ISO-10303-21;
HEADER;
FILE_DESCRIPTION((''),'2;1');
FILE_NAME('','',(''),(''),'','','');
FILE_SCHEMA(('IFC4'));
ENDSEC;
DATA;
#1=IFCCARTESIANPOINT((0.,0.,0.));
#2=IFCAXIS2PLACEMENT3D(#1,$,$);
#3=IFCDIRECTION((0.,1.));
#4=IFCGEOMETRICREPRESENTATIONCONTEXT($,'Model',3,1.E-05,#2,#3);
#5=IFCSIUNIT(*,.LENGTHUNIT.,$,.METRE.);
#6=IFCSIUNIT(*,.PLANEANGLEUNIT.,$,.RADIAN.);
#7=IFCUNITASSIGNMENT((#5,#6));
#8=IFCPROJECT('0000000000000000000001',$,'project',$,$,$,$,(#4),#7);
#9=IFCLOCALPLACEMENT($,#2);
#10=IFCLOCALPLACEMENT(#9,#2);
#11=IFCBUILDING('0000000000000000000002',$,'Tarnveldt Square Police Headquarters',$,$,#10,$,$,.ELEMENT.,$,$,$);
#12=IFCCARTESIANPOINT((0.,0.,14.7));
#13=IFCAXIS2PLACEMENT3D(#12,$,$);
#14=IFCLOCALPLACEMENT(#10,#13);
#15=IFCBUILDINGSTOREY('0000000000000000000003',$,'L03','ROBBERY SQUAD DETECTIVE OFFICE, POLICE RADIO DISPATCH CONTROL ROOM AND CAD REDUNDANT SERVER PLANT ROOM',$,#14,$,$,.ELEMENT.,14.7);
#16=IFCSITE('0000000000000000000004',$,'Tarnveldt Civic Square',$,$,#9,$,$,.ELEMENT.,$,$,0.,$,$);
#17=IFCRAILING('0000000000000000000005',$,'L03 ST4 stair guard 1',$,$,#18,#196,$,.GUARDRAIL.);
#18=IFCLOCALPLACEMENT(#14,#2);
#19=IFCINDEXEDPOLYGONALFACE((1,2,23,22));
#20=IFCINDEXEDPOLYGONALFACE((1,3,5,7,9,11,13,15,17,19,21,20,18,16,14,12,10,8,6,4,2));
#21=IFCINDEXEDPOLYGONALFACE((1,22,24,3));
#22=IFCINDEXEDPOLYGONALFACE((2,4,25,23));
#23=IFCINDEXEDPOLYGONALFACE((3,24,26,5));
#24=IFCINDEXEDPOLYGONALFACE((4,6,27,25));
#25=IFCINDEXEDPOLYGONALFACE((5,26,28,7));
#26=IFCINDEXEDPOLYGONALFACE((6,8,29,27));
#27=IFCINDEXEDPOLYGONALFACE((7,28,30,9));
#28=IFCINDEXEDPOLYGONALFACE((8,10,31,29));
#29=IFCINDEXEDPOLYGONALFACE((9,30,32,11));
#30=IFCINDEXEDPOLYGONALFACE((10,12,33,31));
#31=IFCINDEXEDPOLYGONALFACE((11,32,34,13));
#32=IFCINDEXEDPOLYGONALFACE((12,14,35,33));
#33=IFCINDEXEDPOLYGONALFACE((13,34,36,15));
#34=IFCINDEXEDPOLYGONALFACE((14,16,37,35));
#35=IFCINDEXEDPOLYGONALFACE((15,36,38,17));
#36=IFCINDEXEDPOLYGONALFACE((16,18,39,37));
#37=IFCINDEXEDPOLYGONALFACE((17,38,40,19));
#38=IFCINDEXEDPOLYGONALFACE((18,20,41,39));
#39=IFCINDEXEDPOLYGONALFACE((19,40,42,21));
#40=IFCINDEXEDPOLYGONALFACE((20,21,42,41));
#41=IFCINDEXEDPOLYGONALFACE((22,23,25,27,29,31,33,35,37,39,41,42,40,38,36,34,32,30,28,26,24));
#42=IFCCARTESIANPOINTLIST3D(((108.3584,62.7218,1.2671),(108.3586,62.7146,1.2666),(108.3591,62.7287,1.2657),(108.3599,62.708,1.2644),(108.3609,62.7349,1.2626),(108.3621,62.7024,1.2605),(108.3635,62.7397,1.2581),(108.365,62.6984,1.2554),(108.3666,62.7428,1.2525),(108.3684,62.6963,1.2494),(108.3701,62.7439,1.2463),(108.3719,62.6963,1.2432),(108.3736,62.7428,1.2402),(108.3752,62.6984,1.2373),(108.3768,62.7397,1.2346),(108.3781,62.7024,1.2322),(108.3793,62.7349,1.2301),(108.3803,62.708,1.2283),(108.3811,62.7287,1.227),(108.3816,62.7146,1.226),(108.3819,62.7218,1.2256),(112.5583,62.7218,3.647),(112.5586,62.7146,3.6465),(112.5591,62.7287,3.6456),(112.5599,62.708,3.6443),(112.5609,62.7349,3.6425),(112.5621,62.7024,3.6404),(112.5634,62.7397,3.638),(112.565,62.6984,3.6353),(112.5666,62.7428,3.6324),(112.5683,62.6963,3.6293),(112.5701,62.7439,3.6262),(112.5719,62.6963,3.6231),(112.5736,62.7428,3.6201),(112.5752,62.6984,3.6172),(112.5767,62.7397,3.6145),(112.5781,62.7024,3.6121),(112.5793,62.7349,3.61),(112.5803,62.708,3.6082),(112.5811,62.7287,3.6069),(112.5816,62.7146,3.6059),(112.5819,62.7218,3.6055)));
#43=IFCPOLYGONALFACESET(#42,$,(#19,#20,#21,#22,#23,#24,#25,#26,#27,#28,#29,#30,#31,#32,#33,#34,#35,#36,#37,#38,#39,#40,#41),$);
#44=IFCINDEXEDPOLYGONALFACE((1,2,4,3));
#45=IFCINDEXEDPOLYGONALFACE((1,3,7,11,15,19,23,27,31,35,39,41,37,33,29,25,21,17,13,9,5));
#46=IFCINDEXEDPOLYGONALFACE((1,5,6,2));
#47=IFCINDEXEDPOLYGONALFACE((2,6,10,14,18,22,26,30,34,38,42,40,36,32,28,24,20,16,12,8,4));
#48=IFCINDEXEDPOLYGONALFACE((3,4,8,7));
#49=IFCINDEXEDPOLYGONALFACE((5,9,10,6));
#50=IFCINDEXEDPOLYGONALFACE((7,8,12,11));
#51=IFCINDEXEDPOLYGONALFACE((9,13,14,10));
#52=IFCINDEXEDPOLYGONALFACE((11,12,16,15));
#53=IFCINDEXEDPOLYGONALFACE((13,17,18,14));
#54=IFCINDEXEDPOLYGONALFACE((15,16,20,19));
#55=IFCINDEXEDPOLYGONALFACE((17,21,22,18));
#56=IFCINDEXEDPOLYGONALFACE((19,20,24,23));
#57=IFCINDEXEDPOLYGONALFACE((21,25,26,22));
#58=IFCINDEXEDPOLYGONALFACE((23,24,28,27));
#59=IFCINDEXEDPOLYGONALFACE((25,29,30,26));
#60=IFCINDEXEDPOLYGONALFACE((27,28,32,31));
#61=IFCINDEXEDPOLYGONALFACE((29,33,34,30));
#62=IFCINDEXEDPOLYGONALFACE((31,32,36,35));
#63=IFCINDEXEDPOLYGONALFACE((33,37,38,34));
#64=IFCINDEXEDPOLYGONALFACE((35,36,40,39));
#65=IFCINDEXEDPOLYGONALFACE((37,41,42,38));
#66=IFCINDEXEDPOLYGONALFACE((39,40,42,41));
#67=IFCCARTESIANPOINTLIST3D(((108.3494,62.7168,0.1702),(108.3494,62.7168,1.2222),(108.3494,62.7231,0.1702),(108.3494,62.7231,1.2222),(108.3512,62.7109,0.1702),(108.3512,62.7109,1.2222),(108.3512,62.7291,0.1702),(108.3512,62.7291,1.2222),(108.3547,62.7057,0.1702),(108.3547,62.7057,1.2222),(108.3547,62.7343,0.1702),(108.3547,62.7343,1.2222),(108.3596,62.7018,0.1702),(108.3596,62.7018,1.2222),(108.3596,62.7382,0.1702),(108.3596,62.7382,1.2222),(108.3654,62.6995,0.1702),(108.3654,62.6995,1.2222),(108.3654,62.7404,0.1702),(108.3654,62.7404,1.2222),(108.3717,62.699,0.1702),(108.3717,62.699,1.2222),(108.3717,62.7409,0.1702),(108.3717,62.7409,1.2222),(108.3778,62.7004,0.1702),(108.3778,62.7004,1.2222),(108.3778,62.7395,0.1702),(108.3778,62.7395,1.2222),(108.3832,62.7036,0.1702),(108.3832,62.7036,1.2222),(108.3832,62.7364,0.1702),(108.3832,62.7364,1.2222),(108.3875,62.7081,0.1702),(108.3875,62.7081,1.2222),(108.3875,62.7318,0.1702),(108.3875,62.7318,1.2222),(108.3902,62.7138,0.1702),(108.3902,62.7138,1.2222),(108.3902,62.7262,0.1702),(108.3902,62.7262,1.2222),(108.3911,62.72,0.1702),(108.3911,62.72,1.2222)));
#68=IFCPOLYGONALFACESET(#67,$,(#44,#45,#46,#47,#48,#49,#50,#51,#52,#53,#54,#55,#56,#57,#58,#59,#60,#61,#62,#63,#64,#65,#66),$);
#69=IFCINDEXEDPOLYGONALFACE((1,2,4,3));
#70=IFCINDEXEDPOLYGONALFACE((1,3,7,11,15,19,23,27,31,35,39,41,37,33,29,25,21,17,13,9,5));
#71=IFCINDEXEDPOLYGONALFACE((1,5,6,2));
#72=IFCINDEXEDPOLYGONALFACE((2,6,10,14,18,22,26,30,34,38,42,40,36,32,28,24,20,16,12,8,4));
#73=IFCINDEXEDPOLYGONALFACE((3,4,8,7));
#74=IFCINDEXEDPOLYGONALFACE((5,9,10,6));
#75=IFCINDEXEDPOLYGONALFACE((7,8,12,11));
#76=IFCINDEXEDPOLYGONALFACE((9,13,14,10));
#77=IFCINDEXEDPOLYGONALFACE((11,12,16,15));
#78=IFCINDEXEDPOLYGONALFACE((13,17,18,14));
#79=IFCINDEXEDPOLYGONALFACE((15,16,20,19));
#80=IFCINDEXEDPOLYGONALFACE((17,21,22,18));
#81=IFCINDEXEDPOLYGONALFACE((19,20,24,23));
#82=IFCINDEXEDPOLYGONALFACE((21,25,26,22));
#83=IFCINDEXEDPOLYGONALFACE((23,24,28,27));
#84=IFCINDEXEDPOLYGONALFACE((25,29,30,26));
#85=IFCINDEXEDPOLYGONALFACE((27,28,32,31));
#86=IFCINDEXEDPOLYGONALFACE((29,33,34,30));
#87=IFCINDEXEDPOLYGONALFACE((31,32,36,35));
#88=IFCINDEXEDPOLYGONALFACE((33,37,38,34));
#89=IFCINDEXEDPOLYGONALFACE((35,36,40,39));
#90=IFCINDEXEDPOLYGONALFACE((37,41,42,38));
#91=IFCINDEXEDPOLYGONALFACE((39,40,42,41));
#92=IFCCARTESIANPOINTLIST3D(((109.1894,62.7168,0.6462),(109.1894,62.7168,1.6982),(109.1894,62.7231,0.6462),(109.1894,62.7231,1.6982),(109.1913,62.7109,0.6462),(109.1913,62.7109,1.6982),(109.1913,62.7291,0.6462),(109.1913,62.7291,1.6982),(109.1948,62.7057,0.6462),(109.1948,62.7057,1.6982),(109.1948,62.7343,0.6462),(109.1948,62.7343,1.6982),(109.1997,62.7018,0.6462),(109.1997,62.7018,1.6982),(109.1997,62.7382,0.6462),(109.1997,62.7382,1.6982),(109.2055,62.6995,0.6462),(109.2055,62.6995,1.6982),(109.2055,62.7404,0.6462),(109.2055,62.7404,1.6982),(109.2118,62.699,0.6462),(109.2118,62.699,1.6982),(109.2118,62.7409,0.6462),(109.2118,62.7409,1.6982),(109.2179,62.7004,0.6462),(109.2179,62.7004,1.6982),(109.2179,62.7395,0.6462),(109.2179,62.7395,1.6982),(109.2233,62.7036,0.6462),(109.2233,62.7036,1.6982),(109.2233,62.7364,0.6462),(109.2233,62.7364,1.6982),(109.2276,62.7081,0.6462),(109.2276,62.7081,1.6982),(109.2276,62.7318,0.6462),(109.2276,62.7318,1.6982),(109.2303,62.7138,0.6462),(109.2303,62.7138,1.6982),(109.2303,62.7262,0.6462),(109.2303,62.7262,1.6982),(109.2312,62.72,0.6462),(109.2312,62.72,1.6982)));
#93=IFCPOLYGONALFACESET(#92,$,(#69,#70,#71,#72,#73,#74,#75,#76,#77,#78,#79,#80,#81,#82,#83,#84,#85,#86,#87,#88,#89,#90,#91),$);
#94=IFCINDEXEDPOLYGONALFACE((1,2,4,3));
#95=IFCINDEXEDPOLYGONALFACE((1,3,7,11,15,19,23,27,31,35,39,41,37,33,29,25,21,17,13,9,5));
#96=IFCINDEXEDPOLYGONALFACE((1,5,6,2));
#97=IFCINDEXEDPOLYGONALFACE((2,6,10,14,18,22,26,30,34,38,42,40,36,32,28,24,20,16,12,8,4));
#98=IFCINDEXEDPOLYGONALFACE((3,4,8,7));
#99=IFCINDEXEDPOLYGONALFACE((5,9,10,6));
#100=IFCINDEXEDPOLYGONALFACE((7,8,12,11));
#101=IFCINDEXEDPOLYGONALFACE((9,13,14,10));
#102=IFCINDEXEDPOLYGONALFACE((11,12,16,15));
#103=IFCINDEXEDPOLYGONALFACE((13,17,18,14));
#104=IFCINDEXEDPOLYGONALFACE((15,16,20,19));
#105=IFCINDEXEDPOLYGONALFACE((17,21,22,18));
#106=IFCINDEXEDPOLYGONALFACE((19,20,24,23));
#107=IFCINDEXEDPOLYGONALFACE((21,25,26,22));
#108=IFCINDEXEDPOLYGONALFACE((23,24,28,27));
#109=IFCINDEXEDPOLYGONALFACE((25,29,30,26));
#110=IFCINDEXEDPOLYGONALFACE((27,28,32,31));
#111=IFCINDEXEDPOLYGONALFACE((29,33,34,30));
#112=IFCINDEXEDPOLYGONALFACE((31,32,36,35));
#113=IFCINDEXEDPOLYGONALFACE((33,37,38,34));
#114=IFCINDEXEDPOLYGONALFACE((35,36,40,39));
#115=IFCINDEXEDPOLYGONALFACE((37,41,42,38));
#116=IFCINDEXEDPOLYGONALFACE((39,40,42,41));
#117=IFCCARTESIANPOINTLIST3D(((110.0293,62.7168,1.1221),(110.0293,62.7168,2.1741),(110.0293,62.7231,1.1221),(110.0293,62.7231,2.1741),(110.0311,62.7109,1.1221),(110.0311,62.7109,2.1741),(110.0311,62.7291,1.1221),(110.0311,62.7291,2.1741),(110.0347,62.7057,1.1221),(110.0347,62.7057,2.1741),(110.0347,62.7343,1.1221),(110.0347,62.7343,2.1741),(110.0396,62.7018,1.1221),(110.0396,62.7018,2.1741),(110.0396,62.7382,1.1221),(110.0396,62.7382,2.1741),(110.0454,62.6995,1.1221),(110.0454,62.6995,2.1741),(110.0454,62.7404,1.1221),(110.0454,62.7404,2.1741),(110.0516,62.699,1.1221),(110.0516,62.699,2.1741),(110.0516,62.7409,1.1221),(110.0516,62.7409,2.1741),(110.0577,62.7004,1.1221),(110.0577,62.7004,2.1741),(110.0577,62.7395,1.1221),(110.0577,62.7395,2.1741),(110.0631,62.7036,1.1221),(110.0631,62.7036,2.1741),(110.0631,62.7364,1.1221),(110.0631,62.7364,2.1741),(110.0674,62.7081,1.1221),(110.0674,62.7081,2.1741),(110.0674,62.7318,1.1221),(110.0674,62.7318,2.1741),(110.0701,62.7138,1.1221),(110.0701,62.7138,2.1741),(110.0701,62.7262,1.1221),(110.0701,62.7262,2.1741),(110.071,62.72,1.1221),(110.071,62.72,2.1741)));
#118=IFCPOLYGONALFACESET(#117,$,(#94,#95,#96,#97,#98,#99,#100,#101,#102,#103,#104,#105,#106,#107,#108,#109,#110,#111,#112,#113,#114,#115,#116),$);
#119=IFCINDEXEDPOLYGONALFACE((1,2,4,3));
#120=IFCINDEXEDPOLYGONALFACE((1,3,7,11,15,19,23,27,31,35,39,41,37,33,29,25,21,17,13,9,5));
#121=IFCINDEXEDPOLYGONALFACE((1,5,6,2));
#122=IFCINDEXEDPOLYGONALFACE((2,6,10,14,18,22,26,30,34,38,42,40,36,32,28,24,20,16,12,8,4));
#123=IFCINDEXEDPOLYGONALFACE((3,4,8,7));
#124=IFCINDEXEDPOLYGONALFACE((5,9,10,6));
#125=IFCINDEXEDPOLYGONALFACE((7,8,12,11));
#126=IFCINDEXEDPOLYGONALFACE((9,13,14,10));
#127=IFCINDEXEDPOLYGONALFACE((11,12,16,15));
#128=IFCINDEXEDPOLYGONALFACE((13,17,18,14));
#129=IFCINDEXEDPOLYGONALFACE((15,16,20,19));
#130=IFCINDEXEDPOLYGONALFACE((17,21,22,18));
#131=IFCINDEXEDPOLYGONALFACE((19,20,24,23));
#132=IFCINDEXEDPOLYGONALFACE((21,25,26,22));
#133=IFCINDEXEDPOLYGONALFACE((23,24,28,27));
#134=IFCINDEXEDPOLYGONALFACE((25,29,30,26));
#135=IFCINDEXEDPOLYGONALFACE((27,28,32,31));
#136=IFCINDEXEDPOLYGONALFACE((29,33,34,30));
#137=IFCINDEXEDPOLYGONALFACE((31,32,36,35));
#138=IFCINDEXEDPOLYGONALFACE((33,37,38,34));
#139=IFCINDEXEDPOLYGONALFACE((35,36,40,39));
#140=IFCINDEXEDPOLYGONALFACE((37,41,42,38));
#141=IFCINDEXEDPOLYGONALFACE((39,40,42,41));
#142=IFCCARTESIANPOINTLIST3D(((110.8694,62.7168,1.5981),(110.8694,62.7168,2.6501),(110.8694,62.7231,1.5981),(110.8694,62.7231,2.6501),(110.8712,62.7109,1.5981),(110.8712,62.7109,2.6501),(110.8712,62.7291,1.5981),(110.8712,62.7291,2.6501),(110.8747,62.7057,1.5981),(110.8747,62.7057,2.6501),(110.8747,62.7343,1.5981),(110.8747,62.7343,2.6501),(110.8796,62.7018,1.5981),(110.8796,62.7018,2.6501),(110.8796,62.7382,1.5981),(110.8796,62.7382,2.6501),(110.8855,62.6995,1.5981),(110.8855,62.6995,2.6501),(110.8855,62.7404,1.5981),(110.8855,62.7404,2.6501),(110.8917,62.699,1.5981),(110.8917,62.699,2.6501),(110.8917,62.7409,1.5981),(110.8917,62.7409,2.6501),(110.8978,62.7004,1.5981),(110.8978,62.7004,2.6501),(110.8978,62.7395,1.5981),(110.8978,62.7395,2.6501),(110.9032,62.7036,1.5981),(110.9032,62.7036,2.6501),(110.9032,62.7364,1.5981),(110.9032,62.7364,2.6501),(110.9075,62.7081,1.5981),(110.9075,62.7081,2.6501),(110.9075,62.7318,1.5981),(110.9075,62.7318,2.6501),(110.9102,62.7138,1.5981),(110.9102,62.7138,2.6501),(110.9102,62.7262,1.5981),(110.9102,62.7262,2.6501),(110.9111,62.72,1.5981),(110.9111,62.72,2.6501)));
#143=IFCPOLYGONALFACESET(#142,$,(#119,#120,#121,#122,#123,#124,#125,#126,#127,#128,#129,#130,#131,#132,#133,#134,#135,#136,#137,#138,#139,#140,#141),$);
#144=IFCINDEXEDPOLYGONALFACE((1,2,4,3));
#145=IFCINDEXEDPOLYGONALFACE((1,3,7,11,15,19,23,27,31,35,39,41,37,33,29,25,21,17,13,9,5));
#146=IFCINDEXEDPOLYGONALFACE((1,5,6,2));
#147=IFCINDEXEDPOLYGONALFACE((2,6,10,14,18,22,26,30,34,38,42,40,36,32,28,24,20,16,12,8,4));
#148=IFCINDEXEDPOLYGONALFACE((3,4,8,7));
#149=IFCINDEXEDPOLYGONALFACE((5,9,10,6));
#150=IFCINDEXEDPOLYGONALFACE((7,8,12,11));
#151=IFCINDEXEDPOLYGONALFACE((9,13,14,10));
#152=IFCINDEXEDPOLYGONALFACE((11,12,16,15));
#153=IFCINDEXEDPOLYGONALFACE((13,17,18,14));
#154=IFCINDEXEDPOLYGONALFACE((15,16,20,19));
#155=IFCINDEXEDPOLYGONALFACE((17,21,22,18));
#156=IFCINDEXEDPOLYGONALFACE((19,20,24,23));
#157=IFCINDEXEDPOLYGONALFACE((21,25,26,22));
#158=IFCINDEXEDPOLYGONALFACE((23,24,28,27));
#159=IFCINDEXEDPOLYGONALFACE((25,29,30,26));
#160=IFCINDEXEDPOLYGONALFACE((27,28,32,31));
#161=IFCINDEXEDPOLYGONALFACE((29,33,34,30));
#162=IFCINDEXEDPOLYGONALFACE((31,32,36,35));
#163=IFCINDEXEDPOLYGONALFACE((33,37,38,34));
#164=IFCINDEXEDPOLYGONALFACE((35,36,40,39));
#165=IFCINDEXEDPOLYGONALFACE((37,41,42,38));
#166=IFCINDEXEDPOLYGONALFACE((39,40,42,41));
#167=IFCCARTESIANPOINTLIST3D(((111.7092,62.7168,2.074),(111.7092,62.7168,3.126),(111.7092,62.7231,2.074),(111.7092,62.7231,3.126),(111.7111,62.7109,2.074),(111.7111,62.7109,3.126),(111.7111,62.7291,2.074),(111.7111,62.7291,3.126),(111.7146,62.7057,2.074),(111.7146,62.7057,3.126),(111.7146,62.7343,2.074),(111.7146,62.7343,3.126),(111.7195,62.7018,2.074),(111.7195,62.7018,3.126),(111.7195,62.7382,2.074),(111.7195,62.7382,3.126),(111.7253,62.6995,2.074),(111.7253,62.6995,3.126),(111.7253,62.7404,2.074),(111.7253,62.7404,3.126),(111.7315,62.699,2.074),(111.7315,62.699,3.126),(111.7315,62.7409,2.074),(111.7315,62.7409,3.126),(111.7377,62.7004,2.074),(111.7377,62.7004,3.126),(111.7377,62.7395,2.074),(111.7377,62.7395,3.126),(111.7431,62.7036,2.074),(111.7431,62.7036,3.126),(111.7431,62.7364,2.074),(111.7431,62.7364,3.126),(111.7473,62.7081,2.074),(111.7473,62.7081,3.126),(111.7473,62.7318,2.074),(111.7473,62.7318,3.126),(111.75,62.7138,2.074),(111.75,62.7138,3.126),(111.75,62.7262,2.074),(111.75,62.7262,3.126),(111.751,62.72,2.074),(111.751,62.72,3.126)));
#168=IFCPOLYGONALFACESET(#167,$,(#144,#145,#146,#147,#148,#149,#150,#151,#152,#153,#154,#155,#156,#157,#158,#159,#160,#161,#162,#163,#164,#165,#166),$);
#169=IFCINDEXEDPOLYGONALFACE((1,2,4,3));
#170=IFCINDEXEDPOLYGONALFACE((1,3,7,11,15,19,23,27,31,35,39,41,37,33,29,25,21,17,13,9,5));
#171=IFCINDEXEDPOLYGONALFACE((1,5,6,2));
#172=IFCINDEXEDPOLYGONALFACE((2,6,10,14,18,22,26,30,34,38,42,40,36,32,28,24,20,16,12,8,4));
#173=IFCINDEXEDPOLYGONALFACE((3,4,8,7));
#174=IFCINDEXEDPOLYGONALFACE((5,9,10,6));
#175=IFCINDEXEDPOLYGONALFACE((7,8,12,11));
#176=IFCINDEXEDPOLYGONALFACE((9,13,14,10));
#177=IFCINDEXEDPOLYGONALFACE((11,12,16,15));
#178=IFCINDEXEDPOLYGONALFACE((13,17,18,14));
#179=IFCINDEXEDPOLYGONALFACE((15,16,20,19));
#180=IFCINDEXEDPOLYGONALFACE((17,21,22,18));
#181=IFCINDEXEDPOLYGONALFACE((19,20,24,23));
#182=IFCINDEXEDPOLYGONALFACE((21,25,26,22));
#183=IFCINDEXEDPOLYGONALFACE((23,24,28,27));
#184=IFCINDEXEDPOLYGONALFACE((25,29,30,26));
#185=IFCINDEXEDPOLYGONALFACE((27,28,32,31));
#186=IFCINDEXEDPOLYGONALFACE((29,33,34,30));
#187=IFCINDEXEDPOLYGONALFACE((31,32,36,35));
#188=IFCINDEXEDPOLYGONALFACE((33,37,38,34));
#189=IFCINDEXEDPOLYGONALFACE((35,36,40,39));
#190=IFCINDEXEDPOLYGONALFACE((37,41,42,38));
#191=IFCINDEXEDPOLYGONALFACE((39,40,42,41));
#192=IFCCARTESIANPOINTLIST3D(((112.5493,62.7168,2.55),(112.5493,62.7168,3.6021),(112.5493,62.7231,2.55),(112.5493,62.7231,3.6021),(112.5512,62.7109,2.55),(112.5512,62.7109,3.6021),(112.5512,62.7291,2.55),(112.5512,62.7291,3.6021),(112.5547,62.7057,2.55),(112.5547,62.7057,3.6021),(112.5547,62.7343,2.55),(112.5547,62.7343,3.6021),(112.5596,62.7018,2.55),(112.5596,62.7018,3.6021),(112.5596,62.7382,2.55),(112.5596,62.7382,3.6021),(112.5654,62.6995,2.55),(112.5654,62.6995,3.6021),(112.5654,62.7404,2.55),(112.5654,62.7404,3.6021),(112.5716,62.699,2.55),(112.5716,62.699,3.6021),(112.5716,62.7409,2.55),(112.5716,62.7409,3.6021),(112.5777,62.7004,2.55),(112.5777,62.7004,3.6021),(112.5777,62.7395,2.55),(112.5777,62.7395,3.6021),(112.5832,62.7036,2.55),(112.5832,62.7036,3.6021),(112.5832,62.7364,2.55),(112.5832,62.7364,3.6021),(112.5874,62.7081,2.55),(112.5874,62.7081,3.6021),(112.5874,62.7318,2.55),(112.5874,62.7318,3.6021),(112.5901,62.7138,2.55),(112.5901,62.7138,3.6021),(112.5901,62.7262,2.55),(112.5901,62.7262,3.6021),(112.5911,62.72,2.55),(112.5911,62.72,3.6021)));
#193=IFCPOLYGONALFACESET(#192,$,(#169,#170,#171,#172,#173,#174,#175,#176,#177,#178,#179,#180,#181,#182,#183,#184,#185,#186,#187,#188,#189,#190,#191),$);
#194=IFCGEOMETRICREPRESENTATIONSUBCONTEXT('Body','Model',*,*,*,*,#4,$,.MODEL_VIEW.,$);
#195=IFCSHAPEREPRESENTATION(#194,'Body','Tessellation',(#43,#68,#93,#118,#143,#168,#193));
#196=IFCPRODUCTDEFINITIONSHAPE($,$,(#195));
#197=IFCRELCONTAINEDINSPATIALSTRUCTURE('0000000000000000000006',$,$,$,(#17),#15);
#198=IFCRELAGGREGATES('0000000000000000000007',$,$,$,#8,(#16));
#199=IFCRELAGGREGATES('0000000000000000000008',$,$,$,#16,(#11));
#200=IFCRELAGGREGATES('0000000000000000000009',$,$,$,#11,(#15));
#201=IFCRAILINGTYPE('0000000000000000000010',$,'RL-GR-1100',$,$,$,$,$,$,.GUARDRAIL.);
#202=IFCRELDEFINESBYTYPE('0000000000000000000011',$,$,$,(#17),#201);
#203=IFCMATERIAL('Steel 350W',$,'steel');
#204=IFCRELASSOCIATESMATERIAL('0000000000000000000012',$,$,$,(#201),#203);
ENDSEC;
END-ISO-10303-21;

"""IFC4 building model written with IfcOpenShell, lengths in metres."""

from ifc_helpers import new_model, si_unit, direction, frame, origin, origin_2d, place, context, subcontext, project, spatial, circle, extrude, material, type_object, element, save


model = new_model("IFC4")

# Units and contexts
model_context = context("Model", 3, precision=1e-05, world=origin(), true_north=direction((0.0, 1.0)))
body_context = subcontext(model_context, "Body", "Model", "MODEL_VIEW")
ifc_project = project(units=[si_unit("LENGTHUNIT", "METRE"), si_unit("PLANEANGLEUNIT", "RADIAN")], contexts=[model_context])

# Site, building, storey
site_placement = place(None, origin())
site = spatial("IfcSite", under=ifc_project, at=site_placement, Name="Tarnveldt Civic Square", CompositionType="ELEMENT", RefElevation=0.0)
building_placement = place(site_placement, origin())
building = spatial("IfcBuilding", under=site, at=building_placement, Name="Tarnveldt Square Police Headquarters", CompositionType="ELEMENT")
storey_placement = place(building_placement, frame((0.0, 0.0, 14.7)))
storey = spatial("IfcBuildingStorey", under=building, at=storey_placement, Name="L03", Description="ROBBERY SQUAD DETECTIVE OFFICE, POLICE RADIO DISPATCH CONTROL ROOM AND CAD REDUNDANT SERVER PLANT ROOM", CompositionType="ELEMENT", Elevation=14.7)

# Shared definitions
ifc_material_1 = material(Name="Steel 350W", Category="steel")

# Railing
railing_type_1 = type_object("IfcRailingType", Name="RL-GR-1100", PredefinedType="GUARDRAIL", material=ifc_material_1)
railing_1_placement = place(storey_placement, frame((108.3701, 62.72, 0.1702)))
element("IfcRailing", 1, at=railing_1_placement, inside=storey, type_object=railing_type_1, Name="L03 ST4 stair guard 1", PredefinedType="GUARDRAIL", context=body_context, shape_type="SweptSolid", body=[
    extrude(circle(Radius=0.0239, at=origin_2d()), frame((0.0, 0.0, 1.0762), z_axis=(0.87003, 0.0, 0.492999), x_axis=(0.0, 1.0, 0.0)), (0.0, 0.0, 1.0), 4.8274),
    extrude(circle(Radius=0.021, at=origin_2d()), origin(), (0.0, 0.0, 1.0), 1.052),
    extrude(circle(Radius=0.021, at=origin_2d()), frame((0.8401, 0.0, 0.4761)), (0.0, 0.0, 1.0), 1.052),
    extrude(circle(Radius=0.021, at=origin_2d()), frame((1.6799, 0.0, 0.9519)), (0.0, 0.0, 1.0), 1.052),
    extrude(circle(Radius=0.021, at=origin_2d()), frame((2.52, 0.0, 1.428)), (0.0, 0.0, 1.0), 1.052),
    extrude(circle(Radius=0.021, at=origin_2d()), frame((3.3599, 0.0, 1.9038)), (0.0, 0.0, 1.0), 1.052),
    extrude(circle(Radius=0.021, at=origin_2d()), frame((4.2, 0.0, 2.3799)), (0.0, 0.0, 1.0), 1.052),
])

save(model, "model.ifc")
